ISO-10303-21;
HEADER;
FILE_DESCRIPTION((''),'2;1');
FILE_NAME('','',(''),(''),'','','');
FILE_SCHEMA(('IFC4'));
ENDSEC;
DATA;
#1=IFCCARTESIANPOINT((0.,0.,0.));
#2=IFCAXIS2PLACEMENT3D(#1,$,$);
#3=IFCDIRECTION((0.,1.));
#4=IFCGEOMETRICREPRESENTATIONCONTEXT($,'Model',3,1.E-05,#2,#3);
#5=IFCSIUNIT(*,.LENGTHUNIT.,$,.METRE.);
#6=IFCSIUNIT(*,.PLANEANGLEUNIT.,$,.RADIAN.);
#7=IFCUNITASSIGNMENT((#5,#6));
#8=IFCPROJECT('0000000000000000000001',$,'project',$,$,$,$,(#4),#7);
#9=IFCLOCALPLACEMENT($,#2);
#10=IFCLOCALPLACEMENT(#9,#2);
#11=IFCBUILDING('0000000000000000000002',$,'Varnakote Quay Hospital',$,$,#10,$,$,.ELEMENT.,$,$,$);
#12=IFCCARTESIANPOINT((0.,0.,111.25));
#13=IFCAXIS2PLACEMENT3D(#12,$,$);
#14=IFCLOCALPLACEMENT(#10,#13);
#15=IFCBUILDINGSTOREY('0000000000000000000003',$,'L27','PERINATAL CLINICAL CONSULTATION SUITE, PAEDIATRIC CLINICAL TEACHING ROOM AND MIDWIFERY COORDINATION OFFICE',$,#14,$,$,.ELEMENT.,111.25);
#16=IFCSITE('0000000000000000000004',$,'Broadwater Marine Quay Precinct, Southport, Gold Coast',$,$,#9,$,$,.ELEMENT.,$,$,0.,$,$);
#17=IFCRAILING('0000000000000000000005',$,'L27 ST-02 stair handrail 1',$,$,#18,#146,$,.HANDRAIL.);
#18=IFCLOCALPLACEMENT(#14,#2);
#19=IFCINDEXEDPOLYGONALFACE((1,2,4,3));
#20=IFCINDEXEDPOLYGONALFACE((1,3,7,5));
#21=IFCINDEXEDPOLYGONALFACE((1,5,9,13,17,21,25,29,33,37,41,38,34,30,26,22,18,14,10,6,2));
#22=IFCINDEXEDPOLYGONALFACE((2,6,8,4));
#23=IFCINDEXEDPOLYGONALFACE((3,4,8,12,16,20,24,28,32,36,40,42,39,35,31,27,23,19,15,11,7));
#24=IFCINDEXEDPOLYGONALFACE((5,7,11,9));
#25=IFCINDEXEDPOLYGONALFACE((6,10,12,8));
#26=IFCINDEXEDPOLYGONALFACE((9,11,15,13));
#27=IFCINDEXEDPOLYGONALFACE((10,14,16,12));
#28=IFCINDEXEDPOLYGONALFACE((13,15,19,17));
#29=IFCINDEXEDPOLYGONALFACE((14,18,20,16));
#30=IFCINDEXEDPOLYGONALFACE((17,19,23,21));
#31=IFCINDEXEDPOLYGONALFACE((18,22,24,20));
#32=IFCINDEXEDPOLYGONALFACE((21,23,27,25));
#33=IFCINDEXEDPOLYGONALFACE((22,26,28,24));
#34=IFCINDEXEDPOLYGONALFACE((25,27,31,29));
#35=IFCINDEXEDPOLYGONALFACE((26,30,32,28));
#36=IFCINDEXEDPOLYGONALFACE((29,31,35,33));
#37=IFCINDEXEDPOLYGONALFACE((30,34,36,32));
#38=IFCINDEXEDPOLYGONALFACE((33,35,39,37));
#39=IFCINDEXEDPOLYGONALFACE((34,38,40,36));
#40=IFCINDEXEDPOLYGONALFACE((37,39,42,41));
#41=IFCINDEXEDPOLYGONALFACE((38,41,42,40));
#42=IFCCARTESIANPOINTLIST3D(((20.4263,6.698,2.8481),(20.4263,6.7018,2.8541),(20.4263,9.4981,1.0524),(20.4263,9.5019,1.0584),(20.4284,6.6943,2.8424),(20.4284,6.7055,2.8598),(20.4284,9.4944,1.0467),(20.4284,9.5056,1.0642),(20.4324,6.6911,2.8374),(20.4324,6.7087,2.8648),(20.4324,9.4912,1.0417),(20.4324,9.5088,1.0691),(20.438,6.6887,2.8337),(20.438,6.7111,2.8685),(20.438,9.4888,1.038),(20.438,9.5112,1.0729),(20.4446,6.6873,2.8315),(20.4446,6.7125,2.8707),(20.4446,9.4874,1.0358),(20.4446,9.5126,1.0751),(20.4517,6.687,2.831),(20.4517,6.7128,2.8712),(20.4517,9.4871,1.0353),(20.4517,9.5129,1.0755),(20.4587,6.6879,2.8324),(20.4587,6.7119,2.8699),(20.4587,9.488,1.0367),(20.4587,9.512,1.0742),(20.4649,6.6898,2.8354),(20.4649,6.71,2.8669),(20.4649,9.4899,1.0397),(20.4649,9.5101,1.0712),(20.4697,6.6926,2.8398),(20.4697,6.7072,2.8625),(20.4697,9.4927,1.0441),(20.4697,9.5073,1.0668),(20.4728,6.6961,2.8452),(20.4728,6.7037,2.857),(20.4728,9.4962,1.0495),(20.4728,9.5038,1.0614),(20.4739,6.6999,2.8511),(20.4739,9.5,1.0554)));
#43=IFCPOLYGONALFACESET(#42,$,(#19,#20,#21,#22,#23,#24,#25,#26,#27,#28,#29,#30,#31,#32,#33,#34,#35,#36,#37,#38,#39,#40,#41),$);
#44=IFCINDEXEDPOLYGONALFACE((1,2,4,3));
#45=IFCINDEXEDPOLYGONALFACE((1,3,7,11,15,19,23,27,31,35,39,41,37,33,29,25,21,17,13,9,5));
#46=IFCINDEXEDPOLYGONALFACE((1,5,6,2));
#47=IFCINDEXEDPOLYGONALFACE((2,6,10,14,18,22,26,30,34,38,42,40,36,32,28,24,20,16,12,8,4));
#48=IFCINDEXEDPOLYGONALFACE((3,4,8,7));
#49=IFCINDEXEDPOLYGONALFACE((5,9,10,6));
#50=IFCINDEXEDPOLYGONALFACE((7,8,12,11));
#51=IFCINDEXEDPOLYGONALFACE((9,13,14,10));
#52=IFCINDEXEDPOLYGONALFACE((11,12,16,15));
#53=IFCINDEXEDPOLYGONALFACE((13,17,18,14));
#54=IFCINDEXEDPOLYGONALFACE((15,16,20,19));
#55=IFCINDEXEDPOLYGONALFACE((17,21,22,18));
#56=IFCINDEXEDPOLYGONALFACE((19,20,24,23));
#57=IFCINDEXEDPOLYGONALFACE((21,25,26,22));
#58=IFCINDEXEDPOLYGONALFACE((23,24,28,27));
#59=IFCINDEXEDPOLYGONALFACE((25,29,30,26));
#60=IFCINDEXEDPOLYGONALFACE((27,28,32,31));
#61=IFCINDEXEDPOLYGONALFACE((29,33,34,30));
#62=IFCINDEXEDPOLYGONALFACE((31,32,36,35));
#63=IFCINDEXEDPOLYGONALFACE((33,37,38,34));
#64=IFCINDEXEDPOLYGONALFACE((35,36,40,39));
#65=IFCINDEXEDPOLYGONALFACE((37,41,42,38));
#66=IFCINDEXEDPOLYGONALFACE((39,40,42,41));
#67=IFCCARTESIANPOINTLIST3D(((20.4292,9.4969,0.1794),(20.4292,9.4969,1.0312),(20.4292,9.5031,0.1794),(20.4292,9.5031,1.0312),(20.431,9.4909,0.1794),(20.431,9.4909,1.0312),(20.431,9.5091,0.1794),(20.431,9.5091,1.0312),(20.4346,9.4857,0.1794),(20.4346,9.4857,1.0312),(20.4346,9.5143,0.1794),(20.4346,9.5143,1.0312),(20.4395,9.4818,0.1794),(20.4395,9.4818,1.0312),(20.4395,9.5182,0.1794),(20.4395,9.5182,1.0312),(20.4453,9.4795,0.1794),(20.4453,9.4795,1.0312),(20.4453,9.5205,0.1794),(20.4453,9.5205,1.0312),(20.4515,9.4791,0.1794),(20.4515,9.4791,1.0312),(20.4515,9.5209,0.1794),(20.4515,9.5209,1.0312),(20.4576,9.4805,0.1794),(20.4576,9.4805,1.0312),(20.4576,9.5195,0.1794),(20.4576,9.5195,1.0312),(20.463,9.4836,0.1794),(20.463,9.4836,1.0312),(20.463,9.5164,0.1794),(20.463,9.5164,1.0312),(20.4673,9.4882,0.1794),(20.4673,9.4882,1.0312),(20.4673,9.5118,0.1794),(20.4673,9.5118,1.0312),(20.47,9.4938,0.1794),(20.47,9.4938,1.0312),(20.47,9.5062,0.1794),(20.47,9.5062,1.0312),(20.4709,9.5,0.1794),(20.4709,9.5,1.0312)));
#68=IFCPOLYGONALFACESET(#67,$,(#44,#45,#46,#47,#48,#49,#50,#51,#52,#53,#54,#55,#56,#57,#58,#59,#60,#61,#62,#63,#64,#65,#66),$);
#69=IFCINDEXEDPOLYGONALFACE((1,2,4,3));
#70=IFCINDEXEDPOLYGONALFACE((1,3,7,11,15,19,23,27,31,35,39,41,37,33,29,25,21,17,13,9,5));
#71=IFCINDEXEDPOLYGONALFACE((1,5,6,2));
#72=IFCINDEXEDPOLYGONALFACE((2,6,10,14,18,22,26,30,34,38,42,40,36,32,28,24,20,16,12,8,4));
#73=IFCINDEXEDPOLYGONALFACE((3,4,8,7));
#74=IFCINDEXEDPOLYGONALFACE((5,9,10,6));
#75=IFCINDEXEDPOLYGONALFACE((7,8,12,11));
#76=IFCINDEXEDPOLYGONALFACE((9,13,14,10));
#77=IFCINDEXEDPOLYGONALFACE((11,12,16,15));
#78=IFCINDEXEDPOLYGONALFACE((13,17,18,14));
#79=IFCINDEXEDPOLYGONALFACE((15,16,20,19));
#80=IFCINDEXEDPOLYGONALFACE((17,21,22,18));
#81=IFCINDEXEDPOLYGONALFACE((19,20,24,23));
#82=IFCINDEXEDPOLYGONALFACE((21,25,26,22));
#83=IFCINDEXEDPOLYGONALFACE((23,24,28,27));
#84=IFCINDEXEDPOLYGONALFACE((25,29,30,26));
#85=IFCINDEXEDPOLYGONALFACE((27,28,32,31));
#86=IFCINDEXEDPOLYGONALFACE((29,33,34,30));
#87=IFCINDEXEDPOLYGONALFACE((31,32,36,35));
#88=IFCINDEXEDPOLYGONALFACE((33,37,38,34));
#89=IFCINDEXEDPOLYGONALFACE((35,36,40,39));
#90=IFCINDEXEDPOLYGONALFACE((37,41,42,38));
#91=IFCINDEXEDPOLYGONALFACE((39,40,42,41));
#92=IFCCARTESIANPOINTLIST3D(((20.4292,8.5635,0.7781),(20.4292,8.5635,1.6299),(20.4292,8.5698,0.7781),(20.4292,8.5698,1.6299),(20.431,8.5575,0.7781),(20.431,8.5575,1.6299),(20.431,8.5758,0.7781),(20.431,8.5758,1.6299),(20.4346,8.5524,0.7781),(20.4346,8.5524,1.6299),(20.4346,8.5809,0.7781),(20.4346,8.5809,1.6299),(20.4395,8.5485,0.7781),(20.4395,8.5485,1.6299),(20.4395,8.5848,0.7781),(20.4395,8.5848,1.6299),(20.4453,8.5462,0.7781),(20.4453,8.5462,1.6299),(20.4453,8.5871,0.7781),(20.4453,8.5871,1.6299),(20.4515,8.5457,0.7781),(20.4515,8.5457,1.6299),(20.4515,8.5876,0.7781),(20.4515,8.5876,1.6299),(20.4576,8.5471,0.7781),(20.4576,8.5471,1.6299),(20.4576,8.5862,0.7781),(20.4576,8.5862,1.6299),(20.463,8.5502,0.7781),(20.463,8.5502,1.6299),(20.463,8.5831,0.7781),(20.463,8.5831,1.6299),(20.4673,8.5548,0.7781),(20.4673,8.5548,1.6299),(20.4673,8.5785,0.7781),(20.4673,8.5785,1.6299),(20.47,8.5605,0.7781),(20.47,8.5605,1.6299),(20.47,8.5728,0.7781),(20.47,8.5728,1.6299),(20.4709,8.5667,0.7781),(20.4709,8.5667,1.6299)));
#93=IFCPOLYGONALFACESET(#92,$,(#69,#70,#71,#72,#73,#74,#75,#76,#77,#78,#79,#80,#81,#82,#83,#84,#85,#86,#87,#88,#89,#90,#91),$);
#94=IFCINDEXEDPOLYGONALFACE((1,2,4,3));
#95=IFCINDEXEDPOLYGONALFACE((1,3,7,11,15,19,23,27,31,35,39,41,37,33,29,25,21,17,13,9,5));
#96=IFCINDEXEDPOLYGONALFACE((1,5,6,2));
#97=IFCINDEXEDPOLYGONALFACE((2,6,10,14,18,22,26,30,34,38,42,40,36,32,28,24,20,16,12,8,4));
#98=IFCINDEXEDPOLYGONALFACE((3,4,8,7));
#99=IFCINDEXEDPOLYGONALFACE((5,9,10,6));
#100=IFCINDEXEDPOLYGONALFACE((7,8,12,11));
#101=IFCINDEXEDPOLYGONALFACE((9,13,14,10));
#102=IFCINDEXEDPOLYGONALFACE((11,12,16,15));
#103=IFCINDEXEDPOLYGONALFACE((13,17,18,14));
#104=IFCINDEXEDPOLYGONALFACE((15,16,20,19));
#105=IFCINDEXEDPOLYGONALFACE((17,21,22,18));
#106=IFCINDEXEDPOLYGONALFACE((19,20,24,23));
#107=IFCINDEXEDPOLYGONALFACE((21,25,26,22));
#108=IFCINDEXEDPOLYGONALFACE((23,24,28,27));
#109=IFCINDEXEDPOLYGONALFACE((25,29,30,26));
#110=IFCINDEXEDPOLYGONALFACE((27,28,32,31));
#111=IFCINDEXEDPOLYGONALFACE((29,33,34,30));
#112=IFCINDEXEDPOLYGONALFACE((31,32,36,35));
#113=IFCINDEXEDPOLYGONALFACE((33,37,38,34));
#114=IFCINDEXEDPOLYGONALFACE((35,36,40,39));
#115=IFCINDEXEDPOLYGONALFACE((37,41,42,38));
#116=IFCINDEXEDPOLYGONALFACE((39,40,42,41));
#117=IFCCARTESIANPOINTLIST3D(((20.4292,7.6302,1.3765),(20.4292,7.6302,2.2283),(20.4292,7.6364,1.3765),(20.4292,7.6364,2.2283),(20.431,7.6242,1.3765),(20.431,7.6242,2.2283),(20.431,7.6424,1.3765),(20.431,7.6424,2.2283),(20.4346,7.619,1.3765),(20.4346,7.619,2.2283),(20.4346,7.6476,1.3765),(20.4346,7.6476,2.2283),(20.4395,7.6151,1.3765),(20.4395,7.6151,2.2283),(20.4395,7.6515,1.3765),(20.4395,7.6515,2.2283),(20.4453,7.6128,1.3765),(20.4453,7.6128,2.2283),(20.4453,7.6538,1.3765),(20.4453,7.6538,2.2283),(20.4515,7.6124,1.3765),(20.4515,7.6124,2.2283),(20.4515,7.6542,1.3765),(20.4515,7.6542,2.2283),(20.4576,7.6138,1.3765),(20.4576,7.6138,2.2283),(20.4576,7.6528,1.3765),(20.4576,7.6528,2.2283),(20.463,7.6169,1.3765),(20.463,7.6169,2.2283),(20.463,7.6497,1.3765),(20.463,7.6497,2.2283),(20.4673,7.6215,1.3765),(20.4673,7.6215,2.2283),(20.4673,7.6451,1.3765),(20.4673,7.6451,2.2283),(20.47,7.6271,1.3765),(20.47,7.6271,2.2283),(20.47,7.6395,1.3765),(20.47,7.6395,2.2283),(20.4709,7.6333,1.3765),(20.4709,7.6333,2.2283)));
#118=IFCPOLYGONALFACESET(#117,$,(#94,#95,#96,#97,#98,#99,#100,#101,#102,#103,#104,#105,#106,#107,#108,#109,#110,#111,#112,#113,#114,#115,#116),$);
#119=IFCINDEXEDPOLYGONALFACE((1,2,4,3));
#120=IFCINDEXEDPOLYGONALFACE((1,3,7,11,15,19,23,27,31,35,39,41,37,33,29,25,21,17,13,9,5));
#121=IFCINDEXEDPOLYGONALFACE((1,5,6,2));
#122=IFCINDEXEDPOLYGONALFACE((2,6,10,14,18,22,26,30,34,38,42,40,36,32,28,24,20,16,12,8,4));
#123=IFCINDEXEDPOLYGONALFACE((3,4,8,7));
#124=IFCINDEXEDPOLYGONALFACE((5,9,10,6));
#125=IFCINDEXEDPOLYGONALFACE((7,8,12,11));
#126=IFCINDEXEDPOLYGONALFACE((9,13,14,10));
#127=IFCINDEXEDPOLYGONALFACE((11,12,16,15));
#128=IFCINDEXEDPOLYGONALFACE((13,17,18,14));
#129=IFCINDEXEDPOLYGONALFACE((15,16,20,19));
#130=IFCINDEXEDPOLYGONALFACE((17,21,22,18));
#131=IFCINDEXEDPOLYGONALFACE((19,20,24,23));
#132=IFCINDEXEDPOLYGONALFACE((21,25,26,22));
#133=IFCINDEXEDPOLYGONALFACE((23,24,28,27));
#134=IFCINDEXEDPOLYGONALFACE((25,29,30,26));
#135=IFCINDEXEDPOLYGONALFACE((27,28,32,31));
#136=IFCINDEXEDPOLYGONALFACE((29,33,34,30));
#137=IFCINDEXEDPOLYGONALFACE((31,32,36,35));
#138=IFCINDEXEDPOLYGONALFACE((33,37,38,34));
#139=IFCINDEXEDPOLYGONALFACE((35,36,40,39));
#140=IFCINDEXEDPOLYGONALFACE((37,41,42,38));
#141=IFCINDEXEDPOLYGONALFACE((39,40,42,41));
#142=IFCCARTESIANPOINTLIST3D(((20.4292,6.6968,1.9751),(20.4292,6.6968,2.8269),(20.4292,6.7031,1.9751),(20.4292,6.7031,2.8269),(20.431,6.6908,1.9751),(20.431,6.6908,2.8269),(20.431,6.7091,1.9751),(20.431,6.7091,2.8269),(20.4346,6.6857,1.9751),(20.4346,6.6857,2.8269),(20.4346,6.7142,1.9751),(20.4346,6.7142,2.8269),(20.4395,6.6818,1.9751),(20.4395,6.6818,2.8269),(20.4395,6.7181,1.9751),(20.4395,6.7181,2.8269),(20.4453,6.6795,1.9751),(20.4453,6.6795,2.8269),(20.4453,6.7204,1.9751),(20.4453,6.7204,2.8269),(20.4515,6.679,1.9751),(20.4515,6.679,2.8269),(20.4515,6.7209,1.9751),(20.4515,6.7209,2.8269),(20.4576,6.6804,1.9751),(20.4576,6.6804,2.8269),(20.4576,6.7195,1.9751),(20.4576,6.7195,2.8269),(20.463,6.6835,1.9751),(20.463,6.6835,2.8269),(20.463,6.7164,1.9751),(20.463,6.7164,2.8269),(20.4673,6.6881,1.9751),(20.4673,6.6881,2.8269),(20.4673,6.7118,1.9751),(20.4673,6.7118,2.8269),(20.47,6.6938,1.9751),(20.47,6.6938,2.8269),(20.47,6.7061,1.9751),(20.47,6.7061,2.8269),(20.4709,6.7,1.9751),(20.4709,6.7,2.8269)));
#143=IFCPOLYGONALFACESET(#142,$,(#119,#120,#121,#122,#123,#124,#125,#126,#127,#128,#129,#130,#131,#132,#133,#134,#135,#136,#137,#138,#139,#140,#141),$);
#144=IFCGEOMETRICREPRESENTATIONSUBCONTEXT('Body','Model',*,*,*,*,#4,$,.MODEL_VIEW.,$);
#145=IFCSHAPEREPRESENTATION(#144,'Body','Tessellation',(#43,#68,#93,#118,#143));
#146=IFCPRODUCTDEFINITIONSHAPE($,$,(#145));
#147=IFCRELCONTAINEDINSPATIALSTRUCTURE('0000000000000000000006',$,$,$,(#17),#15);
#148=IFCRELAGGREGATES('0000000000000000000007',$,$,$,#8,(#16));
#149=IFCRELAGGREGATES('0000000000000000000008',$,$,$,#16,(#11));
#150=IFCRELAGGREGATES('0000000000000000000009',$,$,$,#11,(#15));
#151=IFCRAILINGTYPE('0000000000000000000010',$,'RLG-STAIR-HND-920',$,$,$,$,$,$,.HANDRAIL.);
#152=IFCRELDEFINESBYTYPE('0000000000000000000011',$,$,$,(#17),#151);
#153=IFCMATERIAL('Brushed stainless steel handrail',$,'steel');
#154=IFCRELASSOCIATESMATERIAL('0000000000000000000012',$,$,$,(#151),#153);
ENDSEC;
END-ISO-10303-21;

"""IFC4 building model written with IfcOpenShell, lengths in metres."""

from ifc_helpers import new_model, si_unit, direction, frame, origin, origin_2d, place, context, subcontext, project, spatial, circle, extrude, material, type_object, element, save


model = new_model("IFC4")

# Units and contexts
model_context = context("Model", 3, precision=1e-05, world=origin(), true_north=direction((0.0, 1.0)))
body_context = subcontext(model_context, "Body", "Model", "MODEL_VIEW")
ifc_project = project(units=[si_unit("LENGTHUNIT", "METRE"), si_unit("PLANEANGLEUNIT", "RADIAN")], contexts=[model_context])

# Site, building, storey
site_placement = place(None, origin())
site = spatial("IfcSite", under=ifc_project, at=site_placement, Name="Broadwater Marine Quay Precinct, Southport, Gold Coast", CompositionType="ELEMENT", RefElevation=0.0)
building_placement = place(site_placement, origin())
building = spatial("IfcBuilding", under=site, at=building_placement, Name="Varnakote Quay Hospital", CompositionType="ELEMENT")
storey_placement = place(building_placement, frame((0.0, 0.0, 111.25)))
storey = spatial("IfcBuildingStorey", under=building, at=storey_placement, Name="L27", Description="PERINATAL CLINICAL CONSULTATION SUITE, PAEDIATRIC CLINICAL TEACHING ROOM AND MIDWIFERY COORDINATION OFFICE", CompositionType="ELEMENT", Elevation=111.25)

# Railing
ifc_material_1 = material(Name="Brushed stainless steel handrail", Category="steel")
railing_type_1 = type_object("IfcRailingType", Name="RLG-STAIR-HND-920", PredefinedType="HANDRAIL", material=ifc_material_1)
railing_1_placement = place(storey_placement, frame((20.45, 9.5, 0.1794)))
element("IfcRailing", 1, at=railing_1_placement, inside=storey, type_object=railing_type_1, Name="L27 ST-02 stair handrail 1", PredefinedType="HANDRAIL", context=body_context, shape_type="SweptSolid", body=[
    extrude(circle(Radius=0.0239, at=origin_2d()), frame((0.0, 0.0, 0.876), z_axis=(0.0, -0.841777, 0.539826), x_axis=(1.0, 0.0, 0.0)), (0.0, 0.0, 1.0), 3.3264),
    extrude(circle(Radius=0.021, at=origin_2d()), origin(), (0.0, 0.0, 1.0), 0.8518),
    extrude(circle(Radius=0.021, at=origin_2d()), frame((0.0, -0.9333, 0.5986)), (0.0, 0.0, 1.0), 0.8518),
    extrude(circle(Radius=0.021, at=origin_2d()), frame((0.0, -1.8667, 1.197)), (0.0, 0.0, 1.0), 0.8518),
    extrude(circle(Radius=0.021, at=origin_2d()), frame((0.0, -2.8, 1.7957)), (0.0, 0.0, 1.0), 0.8518),
])

save(model, "model.ifc")
